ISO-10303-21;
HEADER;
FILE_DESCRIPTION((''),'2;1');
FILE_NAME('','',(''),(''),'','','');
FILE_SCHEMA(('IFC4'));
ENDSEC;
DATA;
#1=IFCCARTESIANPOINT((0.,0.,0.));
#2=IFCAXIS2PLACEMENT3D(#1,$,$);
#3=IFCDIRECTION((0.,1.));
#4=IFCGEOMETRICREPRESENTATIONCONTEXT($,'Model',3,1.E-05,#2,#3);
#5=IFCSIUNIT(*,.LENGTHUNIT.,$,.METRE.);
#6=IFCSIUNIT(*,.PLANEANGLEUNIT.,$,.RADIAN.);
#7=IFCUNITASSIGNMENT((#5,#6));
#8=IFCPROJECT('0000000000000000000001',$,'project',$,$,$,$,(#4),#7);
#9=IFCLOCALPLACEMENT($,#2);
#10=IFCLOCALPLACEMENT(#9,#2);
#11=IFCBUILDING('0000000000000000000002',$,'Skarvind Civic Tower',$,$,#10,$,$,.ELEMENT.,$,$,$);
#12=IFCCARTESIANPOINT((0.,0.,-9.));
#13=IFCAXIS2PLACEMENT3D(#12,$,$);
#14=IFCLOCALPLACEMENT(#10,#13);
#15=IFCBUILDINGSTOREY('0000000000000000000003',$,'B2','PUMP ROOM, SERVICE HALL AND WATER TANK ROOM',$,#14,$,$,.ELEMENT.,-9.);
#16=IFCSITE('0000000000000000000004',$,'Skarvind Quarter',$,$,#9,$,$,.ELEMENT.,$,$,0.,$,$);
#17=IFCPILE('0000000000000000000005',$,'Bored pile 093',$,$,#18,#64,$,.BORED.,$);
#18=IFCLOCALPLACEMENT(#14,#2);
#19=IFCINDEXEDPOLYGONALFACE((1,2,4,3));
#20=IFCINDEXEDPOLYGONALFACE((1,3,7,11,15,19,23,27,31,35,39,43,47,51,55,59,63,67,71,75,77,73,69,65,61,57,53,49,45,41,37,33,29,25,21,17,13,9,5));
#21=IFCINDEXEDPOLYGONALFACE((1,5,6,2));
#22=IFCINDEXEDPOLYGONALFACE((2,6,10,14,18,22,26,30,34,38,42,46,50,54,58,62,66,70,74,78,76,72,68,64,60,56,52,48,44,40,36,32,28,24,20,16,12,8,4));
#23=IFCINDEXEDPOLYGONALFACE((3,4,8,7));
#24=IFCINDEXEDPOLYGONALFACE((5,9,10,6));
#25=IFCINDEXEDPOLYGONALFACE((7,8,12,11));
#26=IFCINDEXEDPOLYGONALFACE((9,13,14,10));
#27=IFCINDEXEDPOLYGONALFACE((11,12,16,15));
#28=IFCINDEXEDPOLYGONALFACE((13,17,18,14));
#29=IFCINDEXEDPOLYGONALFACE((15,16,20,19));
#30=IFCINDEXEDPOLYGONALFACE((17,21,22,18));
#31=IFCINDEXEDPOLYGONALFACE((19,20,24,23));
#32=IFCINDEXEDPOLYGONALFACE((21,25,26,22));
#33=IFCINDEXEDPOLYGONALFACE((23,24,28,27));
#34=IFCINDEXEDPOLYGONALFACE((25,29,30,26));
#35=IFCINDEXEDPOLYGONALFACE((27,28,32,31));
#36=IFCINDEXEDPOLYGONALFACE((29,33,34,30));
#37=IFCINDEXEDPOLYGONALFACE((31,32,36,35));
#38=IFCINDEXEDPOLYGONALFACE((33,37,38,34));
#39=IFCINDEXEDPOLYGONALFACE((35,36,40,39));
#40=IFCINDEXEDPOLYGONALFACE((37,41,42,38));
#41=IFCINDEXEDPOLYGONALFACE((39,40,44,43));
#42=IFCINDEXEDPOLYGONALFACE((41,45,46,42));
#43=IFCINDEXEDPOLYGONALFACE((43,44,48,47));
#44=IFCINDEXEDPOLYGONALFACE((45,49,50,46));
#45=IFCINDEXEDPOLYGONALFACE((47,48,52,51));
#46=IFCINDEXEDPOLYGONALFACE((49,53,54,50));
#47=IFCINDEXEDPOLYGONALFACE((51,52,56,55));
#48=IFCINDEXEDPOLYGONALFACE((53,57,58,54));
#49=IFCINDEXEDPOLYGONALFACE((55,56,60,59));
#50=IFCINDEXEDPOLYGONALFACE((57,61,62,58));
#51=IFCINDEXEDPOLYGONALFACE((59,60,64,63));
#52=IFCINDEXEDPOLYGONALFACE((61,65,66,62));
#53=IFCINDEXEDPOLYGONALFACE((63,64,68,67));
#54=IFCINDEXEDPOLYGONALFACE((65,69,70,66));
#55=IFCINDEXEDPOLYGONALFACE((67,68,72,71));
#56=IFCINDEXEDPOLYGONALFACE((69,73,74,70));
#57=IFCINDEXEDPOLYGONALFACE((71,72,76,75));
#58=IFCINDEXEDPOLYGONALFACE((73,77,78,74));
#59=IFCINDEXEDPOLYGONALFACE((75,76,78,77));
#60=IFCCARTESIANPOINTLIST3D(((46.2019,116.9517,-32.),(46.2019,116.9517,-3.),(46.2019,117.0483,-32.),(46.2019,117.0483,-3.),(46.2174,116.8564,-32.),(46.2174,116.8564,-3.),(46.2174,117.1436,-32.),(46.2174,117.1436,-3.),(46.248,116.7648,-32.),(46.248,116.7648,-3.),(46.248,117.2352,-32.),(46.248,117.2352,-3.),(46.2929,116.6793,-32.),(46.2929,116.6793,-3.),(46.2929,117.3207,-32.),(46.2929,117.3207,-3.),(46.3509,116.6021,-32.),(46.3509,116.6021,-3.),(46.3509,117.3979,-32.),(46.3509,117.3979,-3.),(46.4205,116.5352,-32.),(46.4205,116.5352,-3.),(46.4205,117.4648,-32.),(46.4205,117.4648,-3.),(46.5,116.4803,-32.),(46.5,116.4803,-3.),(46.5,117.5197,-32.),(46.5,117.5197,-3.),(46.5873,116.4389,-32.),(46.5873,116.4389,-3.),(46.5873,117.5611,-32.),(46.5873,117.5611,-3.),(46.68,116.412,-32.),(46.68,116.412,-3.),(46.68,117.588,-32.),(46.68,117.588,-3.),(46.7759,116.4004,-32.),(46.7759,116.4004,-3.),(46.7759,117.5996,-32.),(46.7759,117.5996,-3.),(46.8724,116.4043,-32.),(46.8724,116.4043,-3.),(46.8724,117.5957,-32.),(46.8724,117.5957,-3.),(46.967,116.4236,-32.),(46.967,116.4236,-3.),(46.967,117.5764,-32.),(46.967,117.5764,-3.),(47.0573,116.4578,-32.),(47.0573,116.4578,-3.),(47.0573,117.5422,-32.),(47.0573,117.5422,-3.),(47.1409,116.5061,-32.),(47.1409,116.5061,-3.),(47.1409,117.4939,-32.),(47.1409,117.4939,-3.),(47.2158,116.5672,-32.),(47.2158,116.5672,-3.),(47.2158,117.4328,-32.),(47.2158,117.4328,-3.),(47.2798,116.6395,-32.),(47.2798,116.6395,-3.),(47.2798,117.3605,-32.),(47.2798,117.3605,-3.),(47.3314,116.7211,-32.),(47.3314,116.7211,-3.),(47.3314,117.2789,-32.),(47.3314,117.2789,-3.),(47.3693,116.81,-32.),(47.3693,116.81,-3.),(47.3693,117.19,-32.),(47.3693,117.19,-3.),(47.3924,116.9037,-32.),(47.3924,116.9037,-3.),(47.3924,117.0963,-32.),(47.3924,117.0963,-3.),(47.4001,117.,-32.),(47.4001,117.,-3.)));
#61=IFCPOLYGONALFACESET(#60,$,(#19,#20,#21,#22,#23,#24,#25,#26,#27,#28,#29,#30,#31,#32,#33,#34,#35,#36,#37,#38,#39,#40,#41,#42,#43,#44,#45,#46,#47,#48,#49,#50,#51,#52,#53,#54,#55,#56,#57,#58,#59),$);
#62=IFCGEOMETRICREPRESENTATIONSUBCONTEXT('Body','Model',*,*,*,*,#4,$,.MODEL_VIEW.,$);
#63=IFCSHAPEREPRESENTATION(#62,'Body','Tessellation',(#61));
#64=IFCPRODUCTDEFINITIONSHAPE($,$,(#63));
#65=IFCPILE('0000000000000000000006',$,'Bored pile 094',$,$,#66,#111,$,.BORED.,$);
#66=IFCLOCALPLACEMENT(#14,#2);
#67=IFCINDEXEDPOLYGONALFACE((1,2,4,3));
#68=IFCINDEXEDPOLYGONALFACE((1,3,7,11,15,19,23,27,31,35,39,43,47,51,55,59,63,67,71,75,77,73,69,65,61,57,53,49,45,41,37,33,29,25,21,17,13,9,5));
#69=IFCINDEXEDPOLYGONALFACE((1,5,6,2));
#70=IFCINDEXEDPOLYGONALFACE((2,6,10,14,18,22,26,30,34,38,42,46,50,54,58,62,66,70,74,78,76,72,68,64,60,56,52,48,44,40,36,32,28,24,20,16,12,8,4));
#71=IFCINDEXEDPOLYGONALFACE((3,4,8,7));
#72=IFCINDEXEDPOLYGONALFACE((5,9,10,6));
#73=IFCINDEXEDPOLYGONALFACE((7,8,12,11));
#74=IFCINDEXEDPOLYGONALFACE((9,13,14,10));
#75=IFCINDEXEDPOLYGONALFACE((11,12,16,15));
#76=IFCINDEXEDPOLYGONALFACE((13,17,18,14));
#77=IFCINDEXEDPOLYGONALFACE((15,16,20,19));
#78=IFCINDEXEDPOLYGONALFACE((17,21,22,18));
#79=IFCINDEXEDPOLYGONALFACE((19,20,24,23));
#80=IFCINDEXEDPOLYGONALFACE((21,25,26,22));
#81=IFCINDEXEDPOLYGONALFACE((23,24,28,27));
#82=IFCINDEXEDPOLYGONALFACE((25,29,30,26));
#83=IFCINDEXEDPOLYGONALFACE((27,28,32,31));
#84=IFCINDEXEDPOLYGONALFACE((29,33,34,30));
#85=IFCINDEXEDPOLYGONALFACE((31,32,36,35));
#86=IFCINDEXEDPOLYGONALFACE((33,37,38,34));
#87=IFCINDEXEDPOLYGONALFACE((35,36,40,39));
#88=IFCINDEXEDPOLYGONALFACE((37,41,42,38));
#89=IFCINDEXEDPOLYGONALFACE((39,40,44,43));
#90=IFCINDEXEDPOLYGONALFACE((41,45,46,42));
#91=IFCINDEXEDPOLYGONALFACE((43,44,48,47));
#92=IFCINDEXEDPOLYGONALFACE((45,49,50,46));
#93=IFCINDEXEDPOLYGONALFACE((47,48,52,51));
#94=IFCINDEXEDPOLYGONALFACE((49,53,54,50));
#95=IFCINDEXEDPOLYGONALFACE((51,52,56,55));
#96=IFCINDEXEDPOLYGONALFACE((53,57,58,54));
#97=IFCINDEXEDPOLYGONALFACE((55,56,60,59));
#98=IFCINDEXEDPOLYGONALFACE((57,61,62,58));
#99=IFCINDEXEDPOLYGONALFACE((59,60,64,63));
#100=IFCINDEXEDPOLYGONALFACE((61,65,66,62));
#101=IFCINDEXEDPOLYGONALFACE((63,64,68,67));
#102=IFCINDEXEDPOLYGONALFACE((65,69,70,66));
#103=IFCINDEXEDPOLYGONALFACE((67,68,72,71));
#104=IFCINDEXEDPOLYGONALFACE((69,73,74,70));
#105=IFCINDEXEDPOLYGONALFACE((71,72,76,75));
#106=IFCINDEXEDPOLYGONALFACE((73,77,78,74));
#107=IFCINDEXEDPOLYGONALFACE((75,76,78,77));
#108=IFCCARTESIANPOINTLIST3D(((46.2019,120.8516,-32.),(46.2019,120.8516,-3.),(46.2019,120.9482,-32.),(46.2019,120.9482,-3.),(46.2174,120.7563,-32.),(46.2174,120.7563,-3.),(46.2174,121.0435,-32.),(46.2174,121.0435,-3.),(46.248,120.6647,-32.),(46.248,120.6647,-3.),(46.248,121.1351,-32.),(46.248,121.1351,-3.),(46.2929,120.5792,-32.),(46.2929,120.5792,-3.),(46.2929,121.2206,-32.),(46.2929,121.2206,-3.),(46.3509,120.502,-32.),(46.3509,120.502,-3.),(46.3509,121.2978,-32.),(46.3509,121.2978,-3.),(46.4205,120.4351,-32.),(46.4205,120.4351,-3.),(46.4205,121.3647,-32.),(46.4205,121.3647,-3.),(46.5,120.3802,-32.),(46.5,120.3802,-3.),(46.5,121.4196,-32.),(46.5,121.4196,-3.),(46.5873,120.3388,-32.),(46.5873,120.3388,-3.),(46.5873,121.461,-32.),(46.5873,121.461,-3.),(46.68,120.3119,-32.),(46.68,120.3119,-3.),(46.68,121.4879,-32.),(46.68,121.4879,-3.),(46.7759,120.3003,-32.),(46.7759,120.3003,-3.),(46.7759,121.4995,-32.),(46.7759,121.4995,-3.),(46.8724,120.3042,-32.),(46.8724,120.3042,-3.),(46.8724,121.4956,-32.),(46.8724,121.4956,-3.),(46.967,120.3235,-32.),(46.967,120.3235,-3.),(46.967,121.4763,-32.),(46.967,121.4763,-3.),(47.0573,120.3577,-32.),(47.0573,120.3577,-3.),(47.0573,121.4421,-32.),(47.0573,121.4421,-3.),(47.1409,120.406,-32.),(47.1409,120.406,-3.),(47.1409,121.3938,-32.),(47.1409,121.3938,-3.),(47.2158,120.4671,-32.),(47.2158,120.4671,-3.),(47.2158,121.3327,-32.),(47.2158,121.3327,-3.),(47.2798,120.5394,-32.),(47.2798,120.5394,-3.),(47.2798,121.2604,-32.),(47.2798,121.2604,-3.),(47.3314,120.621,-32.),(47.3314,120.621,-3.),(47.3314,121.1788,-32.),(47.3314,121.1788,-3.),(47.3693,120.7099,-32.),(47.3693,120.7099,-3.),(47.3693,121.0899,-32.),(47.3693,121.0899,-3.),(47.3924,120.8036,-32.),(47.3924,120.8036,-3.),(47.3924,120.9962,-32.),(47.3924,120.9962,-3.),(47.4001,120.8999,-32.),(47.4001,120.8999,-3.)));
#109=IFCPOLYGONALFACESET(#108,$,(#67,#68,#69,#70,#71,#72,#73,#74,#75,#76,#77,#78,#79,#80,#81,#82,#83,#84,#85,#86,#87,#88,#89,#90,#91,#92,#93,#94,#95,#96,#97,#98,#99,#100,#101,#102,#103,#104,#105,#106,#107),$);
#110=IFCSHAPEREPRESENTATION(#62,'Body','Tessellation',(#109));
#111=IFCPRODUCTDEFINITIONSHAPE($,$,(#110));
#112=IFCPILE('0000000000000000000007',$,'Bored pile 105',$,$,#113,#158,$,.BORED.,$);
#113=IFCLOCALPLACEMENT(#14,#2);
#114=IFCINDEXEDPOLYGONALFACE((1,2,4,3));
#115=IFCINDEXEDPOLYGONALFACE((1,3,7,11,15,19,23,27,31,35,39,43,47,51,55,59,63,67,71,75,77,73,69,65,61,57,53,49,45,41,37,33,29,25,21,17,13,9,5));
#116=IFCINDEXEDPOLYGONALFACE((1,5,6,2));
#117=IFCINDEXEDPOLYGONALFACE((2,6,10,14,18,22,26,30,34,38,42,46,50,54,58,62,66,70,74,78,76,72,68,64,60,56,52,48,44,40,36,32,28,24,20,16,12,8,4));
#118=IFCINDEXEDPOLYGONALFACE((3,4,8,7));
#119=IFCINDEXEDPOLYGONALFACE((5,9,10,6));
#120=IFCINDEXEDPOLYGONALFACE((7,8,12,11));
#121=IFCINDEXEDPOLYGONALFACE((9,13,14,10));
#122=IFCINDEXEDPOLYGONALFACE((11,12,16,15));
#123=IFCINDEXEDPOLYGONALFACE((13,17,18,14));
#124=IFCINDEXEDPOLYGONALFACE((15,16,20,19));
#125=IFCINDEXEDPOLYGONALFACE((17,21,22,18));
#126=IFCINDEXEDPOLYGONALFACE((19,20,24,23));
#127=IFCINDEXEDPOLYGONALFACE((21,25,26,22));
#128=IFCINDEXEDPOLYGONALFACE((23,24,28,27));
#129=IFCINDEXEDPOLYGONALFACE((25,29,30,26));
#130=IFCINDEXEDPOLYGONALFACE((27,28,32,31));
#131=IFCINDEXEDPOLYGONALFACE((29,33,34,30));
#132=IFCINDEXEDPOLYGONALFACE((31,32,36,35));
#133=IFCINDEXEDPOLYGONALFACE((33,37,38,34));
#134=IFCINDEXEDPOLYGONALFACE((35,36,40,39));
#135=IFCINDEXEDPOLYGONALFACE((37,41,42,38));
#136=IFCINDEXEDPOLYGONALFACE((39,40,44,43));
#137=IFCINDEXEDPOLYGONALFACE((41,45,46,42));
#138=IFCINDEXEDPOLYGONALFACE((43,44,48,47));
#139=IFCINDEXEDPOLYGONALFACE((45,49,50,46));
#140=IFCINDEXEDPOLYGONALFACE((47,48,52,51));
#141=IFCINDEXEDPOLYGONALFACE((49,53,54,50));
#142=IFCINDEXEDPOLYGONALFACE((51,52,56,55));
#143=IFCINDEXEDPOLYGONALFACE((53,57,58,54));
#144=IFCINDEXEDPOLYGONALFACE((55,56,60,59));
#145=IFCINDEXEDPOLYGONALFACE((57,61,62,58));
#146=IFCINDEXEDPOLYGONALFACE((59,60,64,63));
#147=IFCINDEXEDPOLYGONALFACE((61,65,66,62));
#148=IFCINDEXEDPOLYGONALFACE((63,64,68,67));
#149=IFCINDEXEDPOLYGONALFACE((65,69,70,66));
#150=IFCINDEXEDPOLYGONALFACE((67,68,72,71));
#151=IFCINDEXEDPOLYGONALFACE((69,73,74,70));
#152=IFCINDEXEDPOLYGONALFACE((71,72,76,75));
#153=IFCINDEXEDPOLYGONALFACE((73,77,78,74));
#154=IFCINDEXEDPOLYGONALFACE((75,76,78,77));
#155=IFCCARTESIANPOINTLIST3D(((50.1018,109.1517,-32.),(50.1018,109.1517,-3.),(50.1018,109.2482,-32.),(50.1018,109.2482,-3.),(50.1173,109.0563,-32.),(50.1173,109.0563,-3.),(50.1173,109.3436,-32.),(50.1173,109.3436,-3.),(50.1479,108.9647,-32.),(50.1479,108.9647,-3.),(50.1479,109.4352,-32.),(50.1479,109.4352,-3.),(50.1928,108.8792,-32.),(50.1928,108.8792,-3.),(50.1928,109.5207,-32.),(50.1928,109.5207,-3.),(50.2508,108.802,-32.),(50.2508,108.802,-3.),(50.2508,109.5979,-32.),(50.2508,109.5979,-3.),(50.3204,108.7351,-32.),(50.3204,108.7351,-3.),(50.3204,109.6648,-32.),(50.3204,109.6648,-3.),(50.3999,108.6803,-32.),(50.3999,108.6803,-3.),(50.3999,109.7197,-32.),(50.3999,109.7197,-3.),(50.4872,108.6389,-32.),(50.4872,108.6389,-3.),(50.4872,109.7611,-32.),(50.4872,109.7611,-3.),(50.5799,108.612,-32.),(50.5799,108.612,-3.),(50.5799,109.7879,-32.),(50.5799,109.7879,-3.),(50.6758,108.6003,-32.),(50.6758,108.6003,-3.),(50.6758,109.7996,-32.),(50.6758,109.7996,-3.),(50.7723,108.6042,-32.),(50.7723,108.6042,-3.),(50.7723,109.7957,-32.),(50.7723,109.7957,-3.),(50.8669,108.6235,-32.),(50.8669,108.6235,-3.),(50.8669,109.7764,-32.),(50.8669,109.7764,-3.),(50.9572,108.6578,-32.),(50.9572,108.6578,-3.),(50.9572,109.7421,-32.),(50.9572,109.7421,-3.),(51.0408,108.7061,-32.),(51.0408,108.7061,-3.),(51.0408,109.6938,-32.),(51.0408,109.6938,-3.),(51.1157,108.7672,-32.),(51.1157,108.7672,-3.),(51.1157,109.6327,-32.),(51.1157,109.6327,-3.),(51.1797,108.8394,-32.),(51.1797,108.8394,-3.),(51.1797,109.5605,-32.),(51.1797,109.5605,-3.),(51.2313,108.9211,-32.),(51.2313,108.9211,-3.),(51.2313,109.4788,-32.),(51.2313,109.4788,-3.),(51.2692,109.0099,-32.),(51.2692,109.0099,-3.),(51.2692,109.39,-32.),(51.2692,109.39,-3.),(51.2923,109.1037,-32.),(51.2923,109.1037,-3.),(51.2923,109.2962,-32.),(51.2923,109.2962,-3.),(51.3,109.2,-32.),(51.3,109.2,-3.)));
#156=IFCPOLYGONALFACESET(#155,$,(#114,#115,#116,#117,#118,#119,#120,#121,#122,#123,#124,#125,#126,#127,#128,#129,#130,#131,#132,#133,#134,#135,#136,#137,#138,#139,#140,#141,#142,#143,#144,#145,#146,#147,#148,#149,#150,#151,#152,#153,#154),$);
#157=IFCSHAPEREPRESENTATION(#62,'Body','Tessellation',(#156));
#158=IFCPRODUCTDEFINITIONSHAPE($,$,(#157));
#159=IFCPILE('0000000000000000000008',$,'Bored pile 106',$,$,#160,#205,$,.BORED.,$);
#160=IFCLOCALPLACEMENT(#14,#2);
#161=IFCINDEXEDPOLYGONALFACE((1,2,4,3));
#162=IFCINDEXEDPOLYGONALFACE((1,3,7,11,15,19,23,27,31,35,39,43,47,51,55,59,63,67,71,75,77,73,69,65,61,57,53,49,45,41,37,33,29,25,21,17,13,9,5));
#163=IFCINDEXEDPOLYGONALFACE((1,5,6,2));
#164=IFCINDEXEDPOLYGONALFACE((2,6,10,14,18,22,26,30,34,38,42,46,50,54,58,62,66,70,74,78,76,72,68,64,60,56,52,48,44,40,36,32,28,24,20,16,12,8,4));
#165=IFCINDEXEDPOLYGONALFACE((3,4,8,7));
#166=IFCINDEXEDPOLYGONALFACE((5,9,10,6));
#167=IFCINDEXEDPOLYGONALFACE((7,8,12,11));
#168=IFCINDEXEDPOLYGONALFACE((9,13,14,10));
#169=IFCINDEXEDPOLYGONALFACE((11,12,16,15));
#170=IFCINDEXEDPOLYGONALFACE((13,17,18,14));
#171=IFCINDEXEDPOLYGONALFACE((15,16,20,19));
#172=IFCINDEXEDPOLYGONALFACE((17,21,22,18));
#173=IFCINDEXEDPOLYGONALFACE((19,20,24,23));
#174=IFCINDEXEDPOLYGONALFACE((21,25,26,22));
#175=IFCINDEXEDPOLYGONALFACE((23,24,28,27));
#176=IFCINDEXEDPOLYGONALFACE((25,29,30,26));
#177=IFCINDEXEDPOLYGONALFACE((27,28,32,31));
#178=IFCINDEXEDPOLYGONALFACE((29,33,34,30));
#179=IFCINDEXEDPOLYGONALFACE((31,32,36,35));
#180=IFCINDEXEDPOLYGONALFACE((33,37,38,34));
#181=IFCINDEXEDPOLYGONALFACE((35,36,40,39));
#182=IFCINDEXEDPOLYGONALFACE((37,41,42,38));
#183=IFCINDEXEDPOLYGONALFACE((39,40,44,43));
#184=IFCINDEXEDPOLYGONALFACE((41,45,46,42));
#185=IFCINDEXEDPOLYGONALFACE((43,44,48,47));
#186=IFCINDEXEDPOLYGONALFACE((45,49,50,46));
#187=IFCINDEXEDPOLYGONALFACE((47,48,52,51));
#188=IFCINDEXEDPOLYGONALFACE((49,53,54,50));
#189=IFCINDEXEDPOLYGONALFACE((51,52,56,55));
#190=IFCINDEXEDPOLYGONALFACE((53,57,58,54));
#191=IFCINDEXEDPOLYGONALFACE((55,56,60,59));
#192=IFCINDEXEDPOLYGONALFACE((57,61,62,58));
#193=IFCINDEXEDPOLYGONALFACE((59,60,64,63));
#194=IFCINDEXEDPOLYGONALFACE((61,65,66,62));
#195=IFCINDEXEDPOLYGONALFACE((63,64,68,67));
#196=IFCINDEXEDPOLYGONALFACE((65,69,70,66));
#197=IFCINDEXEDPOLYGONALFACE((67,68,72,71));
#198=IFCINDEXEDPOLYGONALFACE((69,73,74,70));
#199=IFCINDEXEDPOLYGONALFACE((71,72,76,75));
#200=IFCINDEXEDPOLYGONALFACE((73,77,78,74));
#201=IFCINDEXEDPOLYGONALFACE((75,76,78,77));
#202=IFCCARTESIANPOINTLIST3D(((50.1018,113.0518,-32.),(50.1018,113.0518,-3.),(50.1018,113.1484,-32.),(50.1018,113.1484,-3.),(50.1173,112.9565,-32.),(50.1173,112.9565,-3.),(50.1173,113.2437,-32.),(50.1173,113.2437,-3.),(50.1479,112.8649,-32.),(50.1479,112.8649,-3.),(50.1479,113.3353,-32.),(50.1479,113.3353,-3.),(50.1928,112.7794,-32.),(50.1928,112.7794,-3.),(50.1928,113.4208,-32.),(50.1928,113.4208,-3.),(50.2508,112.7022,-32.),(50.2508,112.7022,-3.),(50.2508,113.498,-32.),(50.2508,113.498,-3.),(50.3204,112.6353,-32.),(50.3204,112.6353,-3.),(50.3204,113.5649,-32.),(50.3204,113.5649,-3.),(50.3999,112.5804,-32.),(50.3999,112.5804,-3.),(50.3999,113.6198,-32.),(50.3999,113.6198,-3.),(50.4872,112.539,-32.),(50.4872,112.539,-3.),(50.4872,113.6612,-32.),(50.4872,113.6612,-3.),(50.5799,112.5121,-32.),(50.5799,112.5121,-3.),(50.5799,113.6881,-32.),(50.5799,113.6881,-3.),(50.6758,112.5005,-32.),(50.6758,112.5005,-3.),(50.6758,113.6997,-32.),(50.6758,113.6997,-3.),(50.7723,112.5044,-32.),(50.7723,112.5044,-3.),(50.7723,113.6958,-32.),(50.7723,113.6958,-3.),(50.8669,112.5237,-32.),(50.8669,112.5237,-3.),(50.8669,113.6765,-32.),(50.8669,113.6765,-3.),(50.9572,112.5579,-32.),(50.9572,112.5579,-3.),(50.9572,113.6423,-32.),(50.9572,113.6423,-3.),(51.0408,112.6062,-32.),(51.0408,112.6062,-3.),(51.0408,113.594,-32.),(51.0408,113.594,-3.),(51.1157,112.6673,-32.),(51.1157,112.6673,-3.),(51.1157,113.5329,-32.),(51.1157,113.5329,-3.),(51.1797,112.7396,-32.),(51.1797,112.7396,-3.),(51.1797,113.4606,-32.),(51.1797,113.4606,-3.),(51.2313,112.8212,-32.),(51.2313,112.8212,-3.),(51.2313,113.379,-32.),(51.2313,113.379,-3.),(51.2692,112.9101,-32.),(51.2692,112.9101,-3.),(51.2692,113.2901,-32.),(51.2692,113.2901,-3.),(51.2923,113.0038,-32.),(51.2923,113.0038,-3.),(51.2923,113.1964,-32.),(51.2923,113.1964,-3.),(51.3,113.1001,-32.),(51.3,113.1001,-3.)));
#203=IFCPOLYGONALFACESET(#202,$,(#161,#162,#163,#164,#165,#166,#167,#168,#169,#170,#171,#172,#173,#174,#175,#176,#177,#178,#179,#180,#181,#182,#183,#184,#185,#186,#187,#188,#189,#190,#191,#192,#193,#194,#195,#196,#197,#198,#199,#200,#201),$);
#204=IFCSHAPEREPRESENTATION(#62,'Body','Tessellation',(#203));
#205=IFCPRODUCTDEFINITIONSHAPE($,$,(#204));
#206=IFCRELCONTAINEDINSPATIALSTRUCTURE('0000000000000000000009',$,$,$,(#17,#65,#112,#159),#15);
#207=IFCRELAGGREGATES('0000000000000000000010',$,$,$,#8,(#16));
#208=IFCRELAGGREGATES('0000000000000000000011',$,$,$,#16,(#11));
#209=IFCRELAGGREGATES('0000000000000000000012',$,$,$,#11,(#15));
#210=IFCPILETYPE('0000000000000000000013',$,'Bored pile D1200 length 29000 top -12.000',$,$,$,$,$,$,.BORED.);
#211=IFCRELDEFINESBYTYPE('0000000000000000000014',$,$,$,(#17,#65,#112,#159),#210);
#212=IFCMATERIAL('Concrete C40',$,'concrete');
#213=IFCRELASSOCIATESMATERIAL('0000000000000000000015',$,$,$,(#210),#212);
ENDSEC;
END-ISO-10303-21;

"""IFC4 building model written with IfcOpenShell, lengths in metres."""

from ifc_helpers import new_model, si_unit, direction, frame, origin, origin_2d, place, context, subcontext, project, spatial, circle, extrude, material, type_object, element, save


model = new_model("IFC4")

# Units and contexts
model_context = context("Model", 3, precision=1e-05, world=origin(), true_north=direction((0.0, 1.0)))
body_context = subcontext(model_context, "Body", "Model", "MODEL_VIEW")
ifc_project = project(units=[si_unit("LENGTHUNIT", "METRE"), si_unit("PLANEANGLEUNIT", "RADIAN")], contexts=[model_context])

# Site, building, storey
site_placement = place(None, origin())
site = spatial("IfcSite", under=ifc_project, at=site_placement, Name="Skarvind Quarter", CompositionType="ELEMENT", RefElevation=0.0)
building_placement = place(site_placement, origin())
building = spatial("IfcBuilding", under=site, at=building_placement, Name="Skarvind Civic Tower", CompositionType="ELEMENT")
storey_placement = place(building_placement, frame((0.0, 0.0, -9.0)))
storey = spatial("IfcBuildingStorey", under=building, at=storey_placement, Name="B2", Description="PUMP ROOM, SERVICE HALL AND WATER TANK ROOM", CompositionType="ELEMENT", Elevation=-9.0)

# Piles
ifc_material_1 = material(Name="Concrete C40", Category="concrete")
pile_type_1 = type_object("IfcPileType", Name="Bored pile D1200 length 29000 top -12.000", PredefinedType="BORED", material=ifc_material_1)
for number, where, z_axis, x_axis, name in (
    (1, (46.8, 117.0, -3.0), (0.0, 0.0, -1.0), (1.0, 0.0, 0.0), "Bored pile 093"),
    (2, (46.8, 120.8999, -3.0), (0.0, 0.0, -1.0), (1.0, 0.0, 0.0), "Bored pile 094"),
    (3, (50.7, 109.2, -3.0), (0.0, 0.0, -1.0), (1.0, 0.0, 0.0), "Bored pile 105"),
    (4, (50.7, 113.1001, -3.0), (0.0, 0.0, -1.0), (1.0, 0.0, 0.0), "Bored pile 106"),
):
    element("IfcPile", number, at=place(storey_placement, frame(where, z_axis=z_axis, x_axis=x_axis)), inside=storey, type_object=pile_type_1, Name=name, PredefinedType="BORED", context=body_context, shape_type="SweptSolid", body=[
        extrude(circle(Radius=0.6001, at=origin_2d()), origin(), (0.0, 0.0, 1.0), 29.0),
    ])

save(model, "model.ifc")
